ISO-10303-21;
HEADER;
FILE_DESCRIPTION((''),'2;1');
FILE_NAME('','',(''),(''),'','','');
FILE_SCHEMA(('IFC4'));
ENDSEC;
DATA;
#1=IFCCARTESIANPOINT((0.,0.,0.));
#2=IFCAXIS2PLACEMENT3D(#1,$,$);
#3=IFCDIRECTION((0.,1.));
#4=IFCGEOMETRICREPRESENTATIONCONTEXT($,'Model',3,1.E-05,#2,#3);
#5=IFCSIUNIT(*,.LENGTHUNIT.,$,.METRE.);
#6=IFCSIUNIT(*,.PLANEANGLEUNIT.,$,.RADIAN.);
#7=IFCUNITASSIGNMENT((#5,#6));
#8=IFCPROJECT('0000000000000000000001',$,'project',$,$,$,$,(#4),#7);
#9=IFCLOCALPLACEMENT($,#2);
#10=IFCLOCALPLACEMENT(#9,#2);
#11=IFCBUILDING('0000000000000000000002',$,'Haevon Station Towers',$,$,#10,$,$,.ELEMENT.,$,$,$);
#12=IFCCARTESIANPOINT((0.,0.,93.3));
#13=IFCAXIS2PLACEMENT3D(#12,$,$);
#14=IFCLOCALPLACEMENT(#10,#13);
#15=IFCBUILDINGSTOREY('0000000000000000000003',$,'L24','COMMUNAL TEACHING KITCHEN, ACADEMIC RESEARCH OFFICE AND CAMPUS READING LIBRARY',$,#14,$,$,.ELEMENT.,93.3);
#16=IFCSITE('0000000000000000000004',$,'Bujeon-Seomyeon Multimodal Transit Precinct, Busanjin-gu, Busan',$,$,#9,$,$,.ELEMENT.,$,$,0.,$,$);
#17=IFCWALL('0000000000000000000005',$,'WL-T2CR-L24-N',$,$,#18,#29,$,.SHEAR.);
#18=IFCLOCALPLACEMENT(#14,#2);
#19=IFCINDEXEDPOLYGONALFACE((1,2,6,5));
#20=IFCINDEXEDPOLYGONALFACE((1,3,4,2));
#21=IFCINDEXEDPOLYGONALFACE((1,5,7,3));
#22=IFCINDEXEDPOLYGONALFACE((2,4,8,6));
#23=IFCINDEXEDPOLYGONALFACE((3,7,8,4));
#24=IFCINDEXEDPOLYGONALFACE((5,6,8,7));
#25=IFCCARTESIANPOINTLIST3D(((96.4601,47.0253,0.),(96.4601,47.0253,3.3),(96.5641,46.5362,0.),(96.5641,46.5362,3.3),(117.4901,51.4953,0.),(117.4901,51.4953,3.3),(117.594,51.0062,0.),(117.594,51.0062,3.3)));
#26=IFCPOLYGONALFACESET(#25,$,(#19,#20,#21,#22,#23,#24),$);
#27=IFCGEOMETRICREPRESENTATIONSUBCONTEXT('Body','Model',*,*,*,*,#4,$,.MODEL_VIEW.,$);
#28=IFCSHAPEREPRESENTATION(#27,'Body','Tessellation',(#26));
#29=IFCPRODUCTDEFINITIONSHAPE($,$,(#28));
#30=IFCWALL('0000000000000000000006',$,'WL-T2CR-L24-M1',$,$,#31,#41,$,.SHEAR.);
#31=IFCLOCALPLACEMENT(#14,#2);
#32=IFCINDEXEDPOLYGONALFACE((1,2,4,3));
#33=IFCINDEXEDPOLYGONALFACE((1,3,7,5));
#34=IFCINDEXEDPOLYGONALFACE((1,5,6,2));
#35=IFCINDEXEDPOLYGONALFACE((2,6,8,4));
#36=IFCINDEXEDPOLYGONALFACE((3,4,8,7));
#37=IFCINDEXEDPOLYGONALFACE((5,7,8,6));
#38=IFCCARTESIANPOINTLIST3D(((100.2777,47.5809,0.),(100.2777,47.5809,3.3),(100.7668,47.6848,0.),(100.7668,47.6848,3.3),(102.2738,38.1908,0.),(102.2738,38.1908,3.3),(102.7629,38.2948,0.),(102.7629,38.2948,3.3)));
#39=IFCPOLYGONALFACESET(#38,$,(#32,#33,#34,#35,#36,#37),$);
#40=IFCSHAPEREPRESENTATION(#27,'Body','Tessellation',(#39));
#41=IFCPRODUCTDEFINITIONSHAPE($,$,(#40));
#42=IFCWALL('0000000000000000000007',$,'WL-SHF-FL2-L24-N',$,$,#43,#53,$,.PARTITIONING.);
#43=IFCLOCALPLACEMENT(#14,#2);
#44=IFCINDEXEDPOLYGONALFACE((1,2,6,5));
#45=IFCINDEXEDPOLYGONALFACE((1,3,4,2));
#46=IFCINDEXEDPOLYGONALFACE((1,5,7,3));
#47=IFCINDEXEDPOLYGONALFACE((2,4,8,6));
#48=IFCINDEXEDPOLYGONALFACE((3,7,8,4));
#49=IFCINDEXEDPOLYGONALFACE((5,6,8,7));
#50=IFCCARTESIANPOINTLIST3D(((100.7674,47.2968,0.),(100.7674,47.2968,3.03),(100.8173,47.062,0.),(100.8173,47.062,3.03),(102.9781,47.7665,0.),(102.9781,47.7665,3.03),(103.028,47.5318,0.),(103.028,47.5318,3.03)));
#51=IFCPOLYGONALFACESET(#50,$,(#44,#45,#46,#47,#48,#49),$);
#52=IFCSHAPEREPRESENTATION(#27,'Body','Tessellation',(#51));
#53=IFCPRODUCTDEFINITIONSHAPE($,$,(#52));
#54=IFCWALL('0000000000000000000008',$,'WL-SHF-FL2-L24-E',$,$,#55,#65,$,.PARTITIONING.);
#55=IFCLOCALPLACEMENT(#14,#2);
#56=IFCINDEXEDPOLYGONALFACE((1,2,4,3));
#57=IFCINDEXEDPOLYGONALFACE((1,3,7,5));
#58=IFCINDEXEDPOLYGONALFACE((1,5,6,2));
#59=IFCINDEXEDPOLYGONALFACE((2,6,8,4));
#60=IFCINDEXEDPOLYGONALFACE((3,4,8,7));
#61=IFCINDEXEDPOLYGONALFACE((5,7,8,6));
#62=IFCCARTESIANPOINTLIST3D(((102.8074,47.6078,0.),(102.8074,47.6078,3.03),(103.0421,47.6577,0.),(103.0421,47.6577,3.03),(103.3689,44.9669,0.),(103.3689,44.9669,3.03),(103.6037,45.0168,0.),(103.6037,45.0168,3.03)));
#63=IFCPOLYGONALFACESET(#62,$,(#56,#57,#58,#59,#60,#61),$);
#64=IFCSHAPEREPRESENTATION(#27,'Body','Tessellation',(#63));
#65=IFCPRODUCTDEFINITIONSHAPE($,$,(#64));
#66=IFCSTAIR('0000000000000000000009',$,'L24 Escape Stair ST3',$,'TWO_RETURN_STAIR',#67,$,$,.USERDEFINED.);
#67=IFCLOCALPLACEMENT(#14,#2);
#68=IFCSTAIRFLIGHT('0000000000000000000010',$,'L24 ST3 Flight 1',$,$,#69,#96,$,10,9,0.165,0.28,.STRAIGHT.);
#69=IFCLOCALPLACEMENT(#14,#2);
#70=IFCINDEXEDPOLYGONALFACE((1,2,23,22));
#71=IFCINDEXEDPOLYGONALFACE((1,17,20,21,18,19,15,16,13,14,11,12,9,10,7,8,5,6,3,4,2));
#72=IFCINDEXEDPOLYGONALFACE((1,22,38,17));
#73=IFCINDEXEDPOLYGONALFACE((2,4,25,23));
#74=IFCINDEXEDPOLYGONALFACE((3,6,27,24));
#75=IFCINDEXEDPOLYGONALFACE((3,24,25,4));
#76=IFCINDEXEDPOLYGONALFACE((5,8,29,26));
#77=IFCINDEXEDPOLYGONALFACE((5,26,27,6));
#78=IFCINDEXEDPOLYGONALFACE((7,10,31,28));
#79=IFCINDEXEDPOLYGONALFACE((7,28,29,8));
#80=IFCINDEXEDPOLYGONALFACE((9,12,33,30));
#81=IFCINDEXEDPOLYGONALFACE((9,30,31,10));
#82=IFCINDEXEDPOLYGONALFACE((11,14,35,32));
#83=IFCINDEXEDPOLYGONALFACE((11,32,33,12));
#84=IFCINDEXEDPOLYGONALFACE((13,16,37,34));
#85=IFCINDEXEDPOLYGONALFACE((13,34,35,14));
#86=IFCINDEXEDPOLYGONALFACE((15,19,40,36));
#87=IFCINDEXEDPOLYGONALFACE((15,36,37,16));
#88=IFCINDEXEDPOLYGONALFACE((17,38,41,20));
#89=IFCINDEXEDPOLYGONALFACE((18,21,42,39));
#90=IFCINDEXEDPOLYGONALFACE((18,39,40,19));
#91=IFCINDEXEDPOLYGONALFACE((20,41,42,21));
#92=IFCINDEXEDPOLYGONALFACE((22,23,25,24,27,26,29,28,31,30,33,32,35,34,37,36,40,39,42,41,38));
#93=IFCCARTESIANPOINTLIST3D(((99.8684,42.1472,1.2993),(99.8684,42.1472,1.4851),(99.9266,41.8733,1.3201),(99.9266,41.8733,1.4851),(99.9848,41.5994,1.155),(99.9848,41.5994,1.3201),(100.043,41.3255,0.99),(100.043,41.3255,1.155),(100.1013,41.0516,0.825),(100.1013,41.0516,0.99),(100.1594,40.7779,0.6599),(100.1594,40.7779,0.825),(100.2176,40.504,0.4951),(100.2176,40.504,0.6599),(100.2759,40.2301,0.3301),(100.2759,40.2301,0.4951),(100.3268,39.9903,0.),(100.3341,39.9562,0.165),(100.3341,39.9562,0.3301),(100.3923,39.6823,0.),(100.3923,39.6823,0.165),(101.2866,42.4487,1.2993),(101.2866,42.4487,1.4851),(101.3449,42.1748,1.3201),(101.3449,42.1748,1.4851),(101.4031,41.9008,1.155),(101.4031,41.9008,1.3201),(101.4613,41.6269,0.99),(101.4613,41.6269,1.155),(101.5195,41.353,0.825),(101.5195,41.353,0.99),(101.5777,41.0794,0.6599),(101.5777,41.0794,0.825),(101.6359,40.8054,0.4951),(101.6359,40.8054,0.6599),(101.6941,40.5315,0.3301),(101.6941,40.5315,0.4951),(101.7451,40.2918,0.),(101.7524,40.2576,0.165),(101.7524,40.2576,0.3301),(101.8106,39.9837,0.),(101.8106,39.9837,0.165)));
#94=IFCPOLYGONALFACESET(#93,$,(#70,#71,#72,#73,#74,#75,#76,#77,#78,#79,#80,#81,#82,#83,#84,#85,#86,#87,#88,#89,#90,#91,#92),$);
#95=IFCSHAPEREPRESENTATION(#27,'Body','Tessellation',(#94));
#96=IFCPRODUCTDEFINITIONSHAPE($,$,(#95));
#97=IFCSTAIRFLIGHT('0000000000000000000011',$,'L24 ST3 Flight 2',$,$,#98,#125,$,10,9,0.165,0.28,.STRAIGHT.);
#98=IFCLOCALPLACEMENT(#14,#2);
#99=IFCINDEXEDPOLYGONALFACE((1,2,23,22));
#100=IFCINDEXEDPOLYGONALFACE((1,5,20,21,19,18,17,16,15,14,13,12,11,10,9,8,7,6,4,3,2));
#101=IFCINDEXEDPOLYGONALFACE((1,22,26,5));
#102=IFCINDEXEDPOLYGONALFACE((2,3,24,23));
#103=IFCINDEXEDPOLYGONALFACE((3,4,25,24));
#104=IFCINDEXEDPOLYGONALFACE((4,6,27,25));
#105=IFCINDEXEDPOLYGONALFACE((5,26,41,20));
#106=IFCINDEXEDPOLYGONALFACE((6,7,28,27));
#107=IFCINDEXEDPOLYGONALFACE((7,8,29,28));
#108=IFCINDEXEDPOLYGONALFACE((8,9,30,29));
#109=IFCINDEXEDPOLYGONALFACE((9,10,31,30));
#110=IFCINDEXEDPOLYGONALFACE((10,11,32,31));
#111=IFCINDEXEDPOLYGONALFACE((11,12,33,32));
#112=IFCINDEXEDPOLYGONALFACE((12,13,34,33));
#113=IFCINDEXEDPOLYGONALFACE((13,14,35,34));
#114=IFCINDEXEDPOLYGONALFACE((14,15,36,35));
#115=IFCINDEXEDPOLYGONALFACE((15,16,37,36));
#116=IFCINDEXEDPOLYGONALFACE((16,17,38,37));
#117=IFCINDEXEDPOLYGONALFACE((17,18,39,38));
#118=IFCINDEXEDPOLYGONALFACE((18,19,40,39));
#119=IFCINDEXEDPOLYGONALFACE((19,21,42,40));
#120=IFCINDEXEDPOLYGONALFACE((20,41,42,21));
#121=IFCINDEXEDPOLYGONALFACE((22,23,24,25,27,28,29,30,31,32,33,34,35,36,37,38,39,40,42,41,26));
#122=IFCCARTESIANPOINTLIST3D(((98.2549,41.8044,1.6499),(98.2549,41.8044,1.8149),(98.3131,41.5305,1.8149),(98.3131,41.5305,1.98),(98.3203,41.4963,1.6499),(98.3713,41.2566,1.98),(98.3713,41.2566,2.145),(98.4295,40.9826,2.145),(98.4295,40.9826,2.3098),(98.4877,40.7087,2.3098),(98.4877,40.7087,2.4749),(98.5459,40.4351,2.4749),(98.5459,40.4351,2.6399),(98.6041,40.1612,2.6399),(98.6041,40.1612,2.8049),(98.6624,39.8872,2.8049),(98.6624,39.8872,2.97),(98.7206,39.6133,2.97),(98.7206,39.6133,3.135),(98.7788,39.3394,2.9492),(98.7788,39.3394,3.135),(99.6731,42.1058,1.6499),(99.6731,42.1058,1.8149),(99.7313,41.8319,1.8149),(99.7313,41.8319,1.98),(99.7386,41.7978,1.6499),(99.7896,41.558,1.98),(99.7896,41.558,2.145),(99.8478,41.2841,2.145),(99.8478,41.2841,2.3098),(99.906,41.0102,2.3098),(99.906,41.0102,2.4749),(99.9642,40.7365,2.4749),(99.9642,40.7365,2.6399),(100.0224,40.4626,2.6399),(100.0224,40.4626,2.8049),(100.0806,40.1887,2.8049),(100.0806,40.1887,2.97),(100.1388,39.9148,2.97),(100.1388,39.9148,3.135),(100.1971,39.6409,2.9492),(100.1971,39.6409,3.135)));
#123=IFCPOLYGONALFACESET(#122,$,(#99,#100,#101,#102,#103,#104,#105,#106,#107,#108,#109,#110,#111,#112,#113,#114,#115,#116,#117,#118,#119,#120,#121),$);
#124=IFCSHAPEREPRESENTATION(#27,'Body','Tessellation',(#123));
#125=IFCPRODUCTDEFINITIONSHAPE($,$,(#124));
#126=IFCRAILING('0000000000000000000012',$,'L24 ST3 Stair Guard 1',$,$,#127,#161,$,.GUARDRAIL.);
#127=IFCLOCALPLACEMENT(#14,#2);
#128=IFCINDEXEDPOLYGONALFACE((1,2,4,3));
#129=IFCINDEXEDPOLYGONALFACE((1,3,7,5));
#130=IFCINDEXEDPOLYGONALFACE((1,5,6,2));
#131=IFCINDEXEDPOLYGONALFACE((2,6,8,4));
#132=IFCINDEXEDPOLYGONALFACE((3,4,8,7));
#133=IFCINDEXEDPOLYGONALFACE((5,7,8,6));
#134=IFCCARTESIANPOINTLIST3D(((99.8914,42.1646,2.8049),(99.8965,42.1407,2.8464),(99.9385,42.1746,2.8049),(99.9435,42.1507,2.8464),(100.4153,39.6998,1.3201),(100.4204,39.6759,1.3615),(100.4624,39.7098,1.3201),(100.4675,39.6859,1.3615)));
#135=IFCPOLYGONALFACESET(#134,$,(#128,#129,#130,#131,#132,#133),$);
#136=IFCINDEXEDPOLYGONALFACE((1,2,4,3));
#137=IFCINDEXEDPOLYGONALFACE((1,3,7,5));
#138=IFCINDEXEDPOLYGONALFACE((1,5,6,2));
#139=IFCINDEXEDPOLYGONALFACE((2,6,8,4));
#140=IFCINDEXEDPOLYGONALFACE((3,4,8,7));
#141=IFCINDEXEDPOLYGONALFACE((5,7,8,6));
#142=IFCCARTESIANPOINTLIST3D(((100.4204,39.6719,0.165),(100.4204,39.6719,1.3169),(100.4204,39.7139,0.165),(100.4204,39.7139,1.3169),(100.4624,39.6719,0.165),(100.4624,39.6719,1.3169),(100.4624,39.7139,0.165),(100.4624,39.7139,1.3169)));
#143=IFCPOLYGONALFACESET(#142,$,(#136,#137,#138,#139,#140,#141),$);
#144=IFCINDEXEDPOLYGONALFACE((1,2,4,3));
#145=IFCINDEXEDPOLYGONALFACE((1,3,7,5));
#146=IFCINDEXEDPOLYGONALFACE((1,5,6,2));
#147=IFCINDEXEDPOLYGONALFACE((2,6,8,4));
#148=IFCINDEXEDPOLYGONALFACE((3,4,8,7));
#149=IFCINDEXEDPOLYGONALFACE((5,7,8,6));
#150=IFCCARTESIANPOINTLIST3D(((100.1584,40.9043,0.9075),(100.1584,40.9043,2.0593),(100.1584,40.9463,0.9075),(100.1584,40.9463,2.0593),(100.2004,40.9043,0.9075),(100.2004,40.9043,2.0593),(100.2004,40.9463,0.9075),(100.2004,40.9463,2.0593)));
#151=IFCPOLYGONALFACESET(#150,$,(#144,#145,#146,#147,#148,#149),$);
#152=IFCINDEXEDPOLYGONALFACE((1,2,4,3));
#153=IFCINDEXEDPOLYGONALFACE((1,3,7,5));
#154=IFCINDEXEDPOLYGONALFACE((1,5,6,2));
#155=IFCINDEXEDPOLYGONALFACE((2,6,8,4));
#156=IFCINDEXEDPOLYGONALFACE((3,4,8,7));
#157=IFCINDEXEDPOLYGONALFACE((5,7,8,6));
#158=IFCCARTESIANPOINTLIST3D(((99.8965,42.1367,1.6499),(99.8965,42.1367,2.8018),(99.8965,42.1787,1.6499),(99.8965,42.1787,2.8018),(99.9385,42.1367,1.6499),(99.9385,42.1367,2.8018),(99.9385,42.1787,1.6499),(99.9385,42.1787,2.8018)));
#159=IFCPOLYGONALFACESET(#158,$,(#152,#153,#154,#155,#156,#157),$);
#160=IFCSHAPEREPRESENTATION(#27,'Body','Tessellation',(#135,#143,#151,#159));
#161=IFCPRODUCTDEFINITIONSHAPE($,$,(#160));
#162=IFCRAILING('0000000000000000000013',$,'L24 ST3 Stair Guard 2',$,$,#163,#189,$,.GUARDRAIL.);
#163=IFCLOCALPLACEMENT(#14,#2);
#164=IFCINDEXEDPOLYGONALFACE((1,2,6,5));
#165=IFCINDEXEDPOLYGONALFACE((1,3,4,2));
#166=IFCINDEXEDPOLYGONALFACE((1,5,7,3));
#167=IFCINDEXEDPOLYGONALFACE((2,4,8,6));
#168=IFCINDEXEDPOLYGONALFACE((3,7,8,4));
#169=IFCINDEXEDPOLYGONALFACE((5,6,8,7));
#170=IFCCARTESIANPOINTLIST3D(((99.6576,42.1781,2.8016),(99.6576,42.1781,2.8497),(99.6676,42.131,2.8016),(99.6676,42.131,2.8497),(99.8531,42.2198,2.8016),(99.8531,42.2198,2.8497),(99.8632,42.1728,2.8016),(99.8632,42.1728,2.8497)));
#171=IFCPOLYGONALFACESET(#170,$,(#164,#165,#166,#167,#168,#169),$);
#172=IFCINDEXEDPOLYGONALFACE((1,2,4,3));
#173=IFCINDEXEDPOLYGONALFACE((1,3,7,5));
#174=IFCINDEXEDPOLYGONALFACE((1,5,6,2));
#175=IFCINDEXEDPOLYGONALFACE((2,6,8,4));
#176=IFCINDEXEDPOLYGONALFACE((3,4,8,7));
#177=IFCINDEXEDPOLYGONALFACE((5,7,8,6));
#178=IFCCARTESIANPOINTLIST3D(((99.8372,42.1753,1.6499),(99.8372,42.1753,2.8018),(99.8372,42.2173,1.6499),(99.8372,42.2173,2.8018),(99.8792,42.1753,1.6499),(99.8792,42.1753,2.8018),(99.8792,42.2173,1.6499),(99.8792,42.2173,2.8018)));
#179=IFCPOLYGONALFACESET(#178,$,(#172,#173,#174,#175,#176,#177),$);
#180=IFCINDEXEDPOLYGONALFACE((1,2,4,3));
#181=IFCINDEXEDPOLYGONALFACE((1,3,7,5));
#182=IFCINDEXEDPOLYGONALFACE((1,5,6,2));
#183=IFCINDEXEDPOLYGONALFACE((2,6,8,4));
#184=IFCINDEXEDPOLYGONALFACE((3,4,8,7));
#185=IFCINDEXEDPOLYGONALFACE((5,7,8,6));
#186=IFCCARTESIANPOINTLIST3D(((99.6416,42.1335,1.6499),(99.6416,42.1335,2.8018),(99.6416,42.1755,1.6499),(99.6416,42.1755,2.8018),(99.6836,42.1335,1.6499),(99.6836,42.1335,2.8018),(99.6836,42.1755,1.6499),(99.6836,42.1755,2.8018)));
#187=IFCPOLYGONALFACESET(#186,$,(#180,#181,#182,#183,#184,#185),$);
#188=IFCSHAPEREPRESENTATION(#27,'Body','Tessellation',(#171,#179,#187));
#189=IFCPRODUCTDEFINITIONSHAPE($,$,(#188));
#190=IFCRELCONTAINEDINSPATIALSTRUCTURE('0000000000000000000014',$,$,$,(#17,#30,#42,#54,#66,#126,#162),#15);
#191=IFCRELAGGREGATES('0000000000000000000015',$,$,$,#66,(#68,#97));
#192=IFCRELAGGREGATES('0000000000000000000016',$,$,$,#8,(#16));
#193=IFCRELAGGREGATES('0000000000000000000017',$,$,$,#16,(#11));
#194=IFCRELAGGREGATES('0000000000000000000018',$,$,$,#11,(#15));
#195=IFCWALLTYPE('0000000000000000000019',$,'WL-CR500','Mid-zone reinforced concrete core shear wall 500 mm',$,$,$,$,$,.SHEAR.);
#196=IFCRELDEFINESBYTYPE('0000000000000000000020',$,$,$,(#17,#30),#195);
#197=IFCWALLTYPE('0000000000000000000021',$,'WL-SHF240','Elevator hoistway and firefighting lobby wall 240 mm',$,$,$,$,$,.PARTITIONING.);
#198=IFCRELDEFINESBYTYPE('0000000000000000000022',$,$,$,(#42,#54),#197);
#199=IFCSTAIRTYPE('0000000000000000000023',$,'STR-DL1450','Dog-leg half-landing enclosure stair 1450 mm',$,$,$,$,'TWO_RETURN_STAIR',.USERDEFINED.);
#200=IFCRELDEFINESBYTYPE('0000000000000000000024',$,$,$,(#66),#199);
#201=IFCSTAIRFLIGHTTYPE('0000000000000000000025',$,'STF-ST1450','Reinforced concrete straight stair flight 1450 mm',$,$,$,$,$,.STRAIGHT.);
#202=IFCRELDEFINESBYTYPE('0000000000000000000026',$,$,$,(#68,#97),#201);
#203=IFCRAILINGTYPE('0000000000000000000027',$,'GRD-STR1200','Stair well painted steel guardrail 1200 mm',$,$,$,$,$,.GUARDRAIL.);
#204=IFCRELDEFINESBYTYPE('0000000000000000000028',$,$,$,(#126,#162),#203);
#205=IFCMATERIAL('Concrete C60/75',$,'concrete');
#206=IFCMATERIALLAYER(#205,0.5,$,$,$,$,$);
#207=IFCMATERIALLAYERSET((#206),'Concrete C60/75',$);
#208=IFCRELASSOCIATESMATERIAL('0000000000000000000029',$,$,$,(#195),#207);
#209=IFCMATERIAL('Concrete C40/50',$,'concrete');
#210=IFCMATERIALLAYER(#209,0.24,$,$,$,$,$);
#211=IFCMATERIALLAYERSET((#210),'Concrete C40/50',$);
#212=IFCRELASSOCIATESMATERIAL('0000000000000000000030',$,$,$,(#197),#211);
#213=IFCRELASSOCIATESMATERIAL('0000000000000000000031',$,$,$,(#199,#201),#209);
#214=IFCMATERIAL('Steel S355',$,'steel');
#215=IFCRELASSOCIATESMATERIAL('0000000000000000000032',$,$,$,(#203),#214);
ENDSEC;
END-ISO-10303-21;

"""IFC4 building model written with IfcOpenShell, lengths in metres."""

from ifc_helpers import new_model, si_unit, direction, frame, frame_2d, origin, origin_2d, place, context, subcontext, project, spatial, polyline, rectangle, outline, extrude, material, layer, layer_set, type_object, element, aggregate, save


model = new_model("IFC4")

# Units and contexts
model_context = context("Model", 3, precision=1e-05, world=origin(), true_north=direction((0.0, 1.0)))
body_context = subcontext(model_context, "Body", "Model", "MODEL_VIEW")
ifc_project = project(units=[si_unit("LENGTHUNIT", "METRE"), si_unit("PLANEANGLEUNIT", "RADIAN")], contexts=[model_context])

# Site, building, storey
site_placement = place(None, origin())
site = spatial("IfcSite", under=ifc_project, at=site_placement, Name="Bujeon-Seomyeon Multimodal Transit Precinct, Busanjin-gu, Busan", CompositionType="ELEMENT", RefElevation=0.0)
building_placement = place(site_placement, origin())
building = spatial("IfcBuilding", under=site, at=building_placement, Name="Haevon Station Towers", CompositionType="ELEMENT")
storey_placement = place(building_placement, frame((0.0, 0.0, 93.3)))
storey = spatial("IfcBuildingStorey", under=building, at=storey_placement, Name="L24", Description="COMMUNAL TEACHING KITCHEN, ACADEMIC RESEARCH OFFICE AND CAMPUS READING LIBRARY", CompositionType="ELEMENT", Elevation=93.3)

# Shared definitions
ifc_material_1 = material(Name="Steel S355", Category="steel")

# Walls
ifc_material_2 = material(Name="Concrete C60/75", Category="concrete")
ifc_layer_1 = layer(ifc_material_2, 0.5)
ifc_layer_set_1 = layer_set([ifc_layer_1], Name="Concrete C60/75")
wall_type_1 = type_object("IfcWallType", Name="WL-CR500", Description="Mid-zone reinforced concrete core shear wall 500 mm", PredefinedType="SHEAR", material=ifc_layer_set_1)
wall_1_placement = place(storey_placement, frame((96.512, 46.7808, 0.0), z_axis=(0.0, 0.0, 1.0), x_axis=(0.978149, 0.207907, 0.0)))
element("IfcWall", 1, at=wall_1_placement, inside=storey, type_object=wall_type_1, Name="WL-T2CR-L24-N", PredefinedType="SHEAR", context=body_context, shape_type="SweptSolid", body=[
    extrude(rectangle(XDim=21.4998, YDim=0.5, at=frame_2d((10.75, 0.0))), origin(), (0.0, 0.0, 1.0), 3.3),
])
wall_2_placement = place(storey_placement, frame((102.5183, 38.2429, 0.0), z_axis=(0.0, 0.0, 1.0), x_axis=(-0.207927, 0.978144, 0.0)))
element("IfcWall", 2, at=wall_2_placement, inside=storey, type_object=wall_type_1, Name="WL-T2CR-L24-M1", PredefinedType="SHEAR", context=body_context, shape_type="SweptSolid", body=[
    extrude(rectangle(XDim=9.5999, YDim=0.5, at=frame_2d((4.7998, 0.0))), origin(), (0.0, 0.0, 1.0), 3.3),
])

# Shared definitions
ifc_material_3 = material(Name="Concrete C40/50", Category="concrete")
ifc_layer_2 = layer(ifc_material_3, 0.24)
ifc_layer_set_2 = layer_set([ifc_layer_2], Name="Concrete C40/50")
wall_type_2 = type_object("IfcWallType", Name="WL-SHF240", Description="Elevator hoistway and firefighting lobby wall 240 mm", PredefinedType="PARTITIONING", material=ifc_layer_set_2)

# Walls
wall_3_placement = place(storey_placement, frame((100.7925, 47.1794, 0.0), z_axis=(0.0, 0.0, 1.0), x_axis=(0.978163, 0.207839, 0.0)))
element("IfcWall", 3, at=wall_3_placement, inside=storey, type_object=wall_type_2, Name="WL-SHF-FL2-L24-N", PredefinedType="PARTITIONING", context=body_context, shape_type="SweptSolid", body=[
    extrude(rectangle(XDim=2.26, YDim=0.24, at=frame_2d((1.1299, 0.0))), origin(), (0.0, 0.0, 1.0), 3.03),
])
wall_4_placement = place(storey_placement, frame((103.4863, 44.9917, 0.0), z_axis=(0.0, 0.0, 1.0), x_axis=(-0.207979, 0.978133, 0.0)))
element("IfcWall", 4, at=wall_4_placement, inside=storey, type_object=wall_type_2, Name="WL-SHF-FL2-L24-E", PredefinedType="PARTITIONING", context=body_context, shape_type="SweptSolid", body=[
    extrude(rectangle(XDim=2.7, YDim=0.24, at=frame_2d((1.3501, 0.0))), origin(), (0.0, 0.0, 1.0), 3.03),
])

# Stair, stair flights
stair_type = type_object("IfcStairType", Name="STR-DL1450", Description="Dog-leg half-landing enclosure stair 1450 mm", ElementType="TWO_RETURN_STAIR", PredefinedType="USERDEFINED", material=ifc_material_3)
stair_placement = place(storey_placement, origin())
stair = element("IfcStair", 5, at=stair_placement, inside=storey, type_object=stair_type, Name="L24 Escape Stair ST3", ObjectType="TWO_RETURN_STAIR", PredefinedType="USERDEFINED")
stair_flight_type = type_object("IfcStairFlightType", Name="STF-ST1450", Description="Reinforced concrete straight stair flight 1450 mm", PredefinedType="STRAIGHT", material=ifc_material_3)
stair_flight_1_placement = place(storey_placement, frame((101.1016, 39.833, 0.0), z_axis=(0.0, 0.0, 1.0), x_axis=(-0.207912, 0.978148, 0.0)))
stair_flight_1 = element("IfcStairFlight", 6, at=stair_flight_1_placement, type_object=stair_flight_type, Name="L24 ST3 Flight 1", NumberOfRisers=10, NumberOfTreads=9, PredefinedType="STRAIGHT", RiserHeight=0.165, TreadLength=0.28, context=body_context, shape_type="SweptSolid", body=[
    extrude(outline(polyline([(0.0, 0.0), (0.0, 0.165), (0.28, 0.165), (0.28, 0.3301), (0.5601, 0.3301), (0.5601, 0.4951), (0.8401, 0.4951), (0.8401, 0.6599), (1.1201, 0.6599), (1.1201, 0.825), (1.3999, 0.825), (1.3999, 0.99), (1.6799, 0.99), (1.6799, 1.155), (1.96, 1.155), (1.96, 1.3201), (2.24, 1.3201), (2.24, 1.4851), (2.52, 1.4851), (2.52, 1.6499), (2.52, 1.2993), (0.3149, 0.0), (0.0, 0.0)])), frame((0.0, 0.7251, 0.0), z_axis=(0.0, -1.0, 0.0), x_axis=(1.0, 0.0, 0.0)), (0.0, 0.0, 1.0), 1.45),
])
stair_flight_2_placement = place(storey_placement, frame((98.9639, 41.9551, 1.6499), z_axis=(0.0, 0.0, 1.0), x_axis=(0.207912, -0.978148, 0.0)))
stair_flight_2 = element("IfcStairFlight", 7, at=stair_flight_2_placement, type_object=stair_flight_type, Name="L24 ST3 Flight 2", NumberOfRisers=10, NumberOfTreads=9, PredefinedType="STRAIGHT", RiserHeight=0.165, TreadLength=0.28, context=body_context, shape_type="SweptSolid", body=[
    extrude(outline(polyline([(0.0, 0.0), (0.0, 0.165), (0.28, 0.165), (0.28, 0.3301), (0.5601, 0.3301), (0.5601, 0.4951), (0.8401, 0.4951), (0.8401, 0.6599), (1.1201, 0.6599), (1.1201, 0.825), (1.3999, 0.825), (1.3999, 0.99), (1.6799, 0.99), (1.6799, 1.155), (1.96, 1.155), (1.96, 1.3201), (2.24, 1.3201), (2.24, 1.4851), (2.52, 1.4851), (2.52, 1.6499), (2.52, 1.2993), (0.3149, 0.0), (0.0, 0.0)])), frame((0.0, 0.7251, 0.0), z_axis=(0.0, -1.0, 0.0), x_axis=(1.0, 0.0, 0.0)), (0.0, 0.0, 1.0), 1.45),
])
aggregate(stair, [stair_flight_1, stair_flight_2])

# Railings
railing_type_1 = type_object("IfcRailingType", Name="GRD-STR1200", Description="Stair well painted steel guardrail 1200 mm", PredefinedType="GUARDRAIL", material=ifc_material_1)
railing_1_placement = place(storey_placement, frame((100.4414, 39.6929, 0.165)))
element("IfcRailing", 8, at=railing_1_placement, inside=storey, type_object=railing_type_1, Name="L24 ST3 Stair Guard 1", PredefinedType="GUARDRAIL", context=body_context, shape_type="SweptSolid", body=[
    extrude(rectangle(XDim=0.0481, YDim=0.0481, at=origin_2d()), frame((0.0, 0.0, 1.1758), z_axis=(-0.179129, 0.842724, 0.507671), x_axis=(-0.978147, -0.207914, 0.0)), (0.0, 0.0, 1.0), 2.9248),
    extrude(rectangle(XDim=0.042, YDim=0.042, at=origin_2d()), origin(), (0.0, 0.0, 1.0), 1.1519),
    extrude(rectangle(XDim=0.042, YDim=0.042, at=origin_2d()), frame((-0.262, 1.2324, 0.7424)), (0.0, 0.0, 1.0), 1.1519),
    extrude(rectangle(XDim=0.042, YDim=0.042, at=origin_2d()), frame((-0.5239, 2.4648, 1.4849)), (0.0, 0.0, 1.0), 1.1519),
])
railing_2_placement = place(storey_placement, frame((99.8582, 42.1963, 1.6499)))
element("IfcRailing", 9, at=railing_2_placement, inside=storey, type_object=railing_type_1, Name="L24 ST3 Stair Guard 2", PredefinedType="GUARDRAIL", context=body_context, shape_type="SweptSolid", body=[
    extrude(rectangle(XDim=0.0481, YDim=0.0481, at=origin_2d()), frame((0.0, 0.0, 1.1758), z_axis=(-0.977963, -0.208779, 0.0), x_axis=(0.208779, -0.977963, 0.0)), (0.0, 0.0, 1.0), 0.2),
    extrude(rectangle(XDim=0.042, YDim=0.042, at=origin_2d()), origin(), (0.0, 0.0, 1.0), 1.1519),
    extrude(rectangle(XDim=0.042, YDim=0.042, at=origin_2d()), frame((-0.1956, -0.0417, 0.0)), (0.0, 0.0, 1.0), 1.1519),
])

save(model, "model.ifc")
